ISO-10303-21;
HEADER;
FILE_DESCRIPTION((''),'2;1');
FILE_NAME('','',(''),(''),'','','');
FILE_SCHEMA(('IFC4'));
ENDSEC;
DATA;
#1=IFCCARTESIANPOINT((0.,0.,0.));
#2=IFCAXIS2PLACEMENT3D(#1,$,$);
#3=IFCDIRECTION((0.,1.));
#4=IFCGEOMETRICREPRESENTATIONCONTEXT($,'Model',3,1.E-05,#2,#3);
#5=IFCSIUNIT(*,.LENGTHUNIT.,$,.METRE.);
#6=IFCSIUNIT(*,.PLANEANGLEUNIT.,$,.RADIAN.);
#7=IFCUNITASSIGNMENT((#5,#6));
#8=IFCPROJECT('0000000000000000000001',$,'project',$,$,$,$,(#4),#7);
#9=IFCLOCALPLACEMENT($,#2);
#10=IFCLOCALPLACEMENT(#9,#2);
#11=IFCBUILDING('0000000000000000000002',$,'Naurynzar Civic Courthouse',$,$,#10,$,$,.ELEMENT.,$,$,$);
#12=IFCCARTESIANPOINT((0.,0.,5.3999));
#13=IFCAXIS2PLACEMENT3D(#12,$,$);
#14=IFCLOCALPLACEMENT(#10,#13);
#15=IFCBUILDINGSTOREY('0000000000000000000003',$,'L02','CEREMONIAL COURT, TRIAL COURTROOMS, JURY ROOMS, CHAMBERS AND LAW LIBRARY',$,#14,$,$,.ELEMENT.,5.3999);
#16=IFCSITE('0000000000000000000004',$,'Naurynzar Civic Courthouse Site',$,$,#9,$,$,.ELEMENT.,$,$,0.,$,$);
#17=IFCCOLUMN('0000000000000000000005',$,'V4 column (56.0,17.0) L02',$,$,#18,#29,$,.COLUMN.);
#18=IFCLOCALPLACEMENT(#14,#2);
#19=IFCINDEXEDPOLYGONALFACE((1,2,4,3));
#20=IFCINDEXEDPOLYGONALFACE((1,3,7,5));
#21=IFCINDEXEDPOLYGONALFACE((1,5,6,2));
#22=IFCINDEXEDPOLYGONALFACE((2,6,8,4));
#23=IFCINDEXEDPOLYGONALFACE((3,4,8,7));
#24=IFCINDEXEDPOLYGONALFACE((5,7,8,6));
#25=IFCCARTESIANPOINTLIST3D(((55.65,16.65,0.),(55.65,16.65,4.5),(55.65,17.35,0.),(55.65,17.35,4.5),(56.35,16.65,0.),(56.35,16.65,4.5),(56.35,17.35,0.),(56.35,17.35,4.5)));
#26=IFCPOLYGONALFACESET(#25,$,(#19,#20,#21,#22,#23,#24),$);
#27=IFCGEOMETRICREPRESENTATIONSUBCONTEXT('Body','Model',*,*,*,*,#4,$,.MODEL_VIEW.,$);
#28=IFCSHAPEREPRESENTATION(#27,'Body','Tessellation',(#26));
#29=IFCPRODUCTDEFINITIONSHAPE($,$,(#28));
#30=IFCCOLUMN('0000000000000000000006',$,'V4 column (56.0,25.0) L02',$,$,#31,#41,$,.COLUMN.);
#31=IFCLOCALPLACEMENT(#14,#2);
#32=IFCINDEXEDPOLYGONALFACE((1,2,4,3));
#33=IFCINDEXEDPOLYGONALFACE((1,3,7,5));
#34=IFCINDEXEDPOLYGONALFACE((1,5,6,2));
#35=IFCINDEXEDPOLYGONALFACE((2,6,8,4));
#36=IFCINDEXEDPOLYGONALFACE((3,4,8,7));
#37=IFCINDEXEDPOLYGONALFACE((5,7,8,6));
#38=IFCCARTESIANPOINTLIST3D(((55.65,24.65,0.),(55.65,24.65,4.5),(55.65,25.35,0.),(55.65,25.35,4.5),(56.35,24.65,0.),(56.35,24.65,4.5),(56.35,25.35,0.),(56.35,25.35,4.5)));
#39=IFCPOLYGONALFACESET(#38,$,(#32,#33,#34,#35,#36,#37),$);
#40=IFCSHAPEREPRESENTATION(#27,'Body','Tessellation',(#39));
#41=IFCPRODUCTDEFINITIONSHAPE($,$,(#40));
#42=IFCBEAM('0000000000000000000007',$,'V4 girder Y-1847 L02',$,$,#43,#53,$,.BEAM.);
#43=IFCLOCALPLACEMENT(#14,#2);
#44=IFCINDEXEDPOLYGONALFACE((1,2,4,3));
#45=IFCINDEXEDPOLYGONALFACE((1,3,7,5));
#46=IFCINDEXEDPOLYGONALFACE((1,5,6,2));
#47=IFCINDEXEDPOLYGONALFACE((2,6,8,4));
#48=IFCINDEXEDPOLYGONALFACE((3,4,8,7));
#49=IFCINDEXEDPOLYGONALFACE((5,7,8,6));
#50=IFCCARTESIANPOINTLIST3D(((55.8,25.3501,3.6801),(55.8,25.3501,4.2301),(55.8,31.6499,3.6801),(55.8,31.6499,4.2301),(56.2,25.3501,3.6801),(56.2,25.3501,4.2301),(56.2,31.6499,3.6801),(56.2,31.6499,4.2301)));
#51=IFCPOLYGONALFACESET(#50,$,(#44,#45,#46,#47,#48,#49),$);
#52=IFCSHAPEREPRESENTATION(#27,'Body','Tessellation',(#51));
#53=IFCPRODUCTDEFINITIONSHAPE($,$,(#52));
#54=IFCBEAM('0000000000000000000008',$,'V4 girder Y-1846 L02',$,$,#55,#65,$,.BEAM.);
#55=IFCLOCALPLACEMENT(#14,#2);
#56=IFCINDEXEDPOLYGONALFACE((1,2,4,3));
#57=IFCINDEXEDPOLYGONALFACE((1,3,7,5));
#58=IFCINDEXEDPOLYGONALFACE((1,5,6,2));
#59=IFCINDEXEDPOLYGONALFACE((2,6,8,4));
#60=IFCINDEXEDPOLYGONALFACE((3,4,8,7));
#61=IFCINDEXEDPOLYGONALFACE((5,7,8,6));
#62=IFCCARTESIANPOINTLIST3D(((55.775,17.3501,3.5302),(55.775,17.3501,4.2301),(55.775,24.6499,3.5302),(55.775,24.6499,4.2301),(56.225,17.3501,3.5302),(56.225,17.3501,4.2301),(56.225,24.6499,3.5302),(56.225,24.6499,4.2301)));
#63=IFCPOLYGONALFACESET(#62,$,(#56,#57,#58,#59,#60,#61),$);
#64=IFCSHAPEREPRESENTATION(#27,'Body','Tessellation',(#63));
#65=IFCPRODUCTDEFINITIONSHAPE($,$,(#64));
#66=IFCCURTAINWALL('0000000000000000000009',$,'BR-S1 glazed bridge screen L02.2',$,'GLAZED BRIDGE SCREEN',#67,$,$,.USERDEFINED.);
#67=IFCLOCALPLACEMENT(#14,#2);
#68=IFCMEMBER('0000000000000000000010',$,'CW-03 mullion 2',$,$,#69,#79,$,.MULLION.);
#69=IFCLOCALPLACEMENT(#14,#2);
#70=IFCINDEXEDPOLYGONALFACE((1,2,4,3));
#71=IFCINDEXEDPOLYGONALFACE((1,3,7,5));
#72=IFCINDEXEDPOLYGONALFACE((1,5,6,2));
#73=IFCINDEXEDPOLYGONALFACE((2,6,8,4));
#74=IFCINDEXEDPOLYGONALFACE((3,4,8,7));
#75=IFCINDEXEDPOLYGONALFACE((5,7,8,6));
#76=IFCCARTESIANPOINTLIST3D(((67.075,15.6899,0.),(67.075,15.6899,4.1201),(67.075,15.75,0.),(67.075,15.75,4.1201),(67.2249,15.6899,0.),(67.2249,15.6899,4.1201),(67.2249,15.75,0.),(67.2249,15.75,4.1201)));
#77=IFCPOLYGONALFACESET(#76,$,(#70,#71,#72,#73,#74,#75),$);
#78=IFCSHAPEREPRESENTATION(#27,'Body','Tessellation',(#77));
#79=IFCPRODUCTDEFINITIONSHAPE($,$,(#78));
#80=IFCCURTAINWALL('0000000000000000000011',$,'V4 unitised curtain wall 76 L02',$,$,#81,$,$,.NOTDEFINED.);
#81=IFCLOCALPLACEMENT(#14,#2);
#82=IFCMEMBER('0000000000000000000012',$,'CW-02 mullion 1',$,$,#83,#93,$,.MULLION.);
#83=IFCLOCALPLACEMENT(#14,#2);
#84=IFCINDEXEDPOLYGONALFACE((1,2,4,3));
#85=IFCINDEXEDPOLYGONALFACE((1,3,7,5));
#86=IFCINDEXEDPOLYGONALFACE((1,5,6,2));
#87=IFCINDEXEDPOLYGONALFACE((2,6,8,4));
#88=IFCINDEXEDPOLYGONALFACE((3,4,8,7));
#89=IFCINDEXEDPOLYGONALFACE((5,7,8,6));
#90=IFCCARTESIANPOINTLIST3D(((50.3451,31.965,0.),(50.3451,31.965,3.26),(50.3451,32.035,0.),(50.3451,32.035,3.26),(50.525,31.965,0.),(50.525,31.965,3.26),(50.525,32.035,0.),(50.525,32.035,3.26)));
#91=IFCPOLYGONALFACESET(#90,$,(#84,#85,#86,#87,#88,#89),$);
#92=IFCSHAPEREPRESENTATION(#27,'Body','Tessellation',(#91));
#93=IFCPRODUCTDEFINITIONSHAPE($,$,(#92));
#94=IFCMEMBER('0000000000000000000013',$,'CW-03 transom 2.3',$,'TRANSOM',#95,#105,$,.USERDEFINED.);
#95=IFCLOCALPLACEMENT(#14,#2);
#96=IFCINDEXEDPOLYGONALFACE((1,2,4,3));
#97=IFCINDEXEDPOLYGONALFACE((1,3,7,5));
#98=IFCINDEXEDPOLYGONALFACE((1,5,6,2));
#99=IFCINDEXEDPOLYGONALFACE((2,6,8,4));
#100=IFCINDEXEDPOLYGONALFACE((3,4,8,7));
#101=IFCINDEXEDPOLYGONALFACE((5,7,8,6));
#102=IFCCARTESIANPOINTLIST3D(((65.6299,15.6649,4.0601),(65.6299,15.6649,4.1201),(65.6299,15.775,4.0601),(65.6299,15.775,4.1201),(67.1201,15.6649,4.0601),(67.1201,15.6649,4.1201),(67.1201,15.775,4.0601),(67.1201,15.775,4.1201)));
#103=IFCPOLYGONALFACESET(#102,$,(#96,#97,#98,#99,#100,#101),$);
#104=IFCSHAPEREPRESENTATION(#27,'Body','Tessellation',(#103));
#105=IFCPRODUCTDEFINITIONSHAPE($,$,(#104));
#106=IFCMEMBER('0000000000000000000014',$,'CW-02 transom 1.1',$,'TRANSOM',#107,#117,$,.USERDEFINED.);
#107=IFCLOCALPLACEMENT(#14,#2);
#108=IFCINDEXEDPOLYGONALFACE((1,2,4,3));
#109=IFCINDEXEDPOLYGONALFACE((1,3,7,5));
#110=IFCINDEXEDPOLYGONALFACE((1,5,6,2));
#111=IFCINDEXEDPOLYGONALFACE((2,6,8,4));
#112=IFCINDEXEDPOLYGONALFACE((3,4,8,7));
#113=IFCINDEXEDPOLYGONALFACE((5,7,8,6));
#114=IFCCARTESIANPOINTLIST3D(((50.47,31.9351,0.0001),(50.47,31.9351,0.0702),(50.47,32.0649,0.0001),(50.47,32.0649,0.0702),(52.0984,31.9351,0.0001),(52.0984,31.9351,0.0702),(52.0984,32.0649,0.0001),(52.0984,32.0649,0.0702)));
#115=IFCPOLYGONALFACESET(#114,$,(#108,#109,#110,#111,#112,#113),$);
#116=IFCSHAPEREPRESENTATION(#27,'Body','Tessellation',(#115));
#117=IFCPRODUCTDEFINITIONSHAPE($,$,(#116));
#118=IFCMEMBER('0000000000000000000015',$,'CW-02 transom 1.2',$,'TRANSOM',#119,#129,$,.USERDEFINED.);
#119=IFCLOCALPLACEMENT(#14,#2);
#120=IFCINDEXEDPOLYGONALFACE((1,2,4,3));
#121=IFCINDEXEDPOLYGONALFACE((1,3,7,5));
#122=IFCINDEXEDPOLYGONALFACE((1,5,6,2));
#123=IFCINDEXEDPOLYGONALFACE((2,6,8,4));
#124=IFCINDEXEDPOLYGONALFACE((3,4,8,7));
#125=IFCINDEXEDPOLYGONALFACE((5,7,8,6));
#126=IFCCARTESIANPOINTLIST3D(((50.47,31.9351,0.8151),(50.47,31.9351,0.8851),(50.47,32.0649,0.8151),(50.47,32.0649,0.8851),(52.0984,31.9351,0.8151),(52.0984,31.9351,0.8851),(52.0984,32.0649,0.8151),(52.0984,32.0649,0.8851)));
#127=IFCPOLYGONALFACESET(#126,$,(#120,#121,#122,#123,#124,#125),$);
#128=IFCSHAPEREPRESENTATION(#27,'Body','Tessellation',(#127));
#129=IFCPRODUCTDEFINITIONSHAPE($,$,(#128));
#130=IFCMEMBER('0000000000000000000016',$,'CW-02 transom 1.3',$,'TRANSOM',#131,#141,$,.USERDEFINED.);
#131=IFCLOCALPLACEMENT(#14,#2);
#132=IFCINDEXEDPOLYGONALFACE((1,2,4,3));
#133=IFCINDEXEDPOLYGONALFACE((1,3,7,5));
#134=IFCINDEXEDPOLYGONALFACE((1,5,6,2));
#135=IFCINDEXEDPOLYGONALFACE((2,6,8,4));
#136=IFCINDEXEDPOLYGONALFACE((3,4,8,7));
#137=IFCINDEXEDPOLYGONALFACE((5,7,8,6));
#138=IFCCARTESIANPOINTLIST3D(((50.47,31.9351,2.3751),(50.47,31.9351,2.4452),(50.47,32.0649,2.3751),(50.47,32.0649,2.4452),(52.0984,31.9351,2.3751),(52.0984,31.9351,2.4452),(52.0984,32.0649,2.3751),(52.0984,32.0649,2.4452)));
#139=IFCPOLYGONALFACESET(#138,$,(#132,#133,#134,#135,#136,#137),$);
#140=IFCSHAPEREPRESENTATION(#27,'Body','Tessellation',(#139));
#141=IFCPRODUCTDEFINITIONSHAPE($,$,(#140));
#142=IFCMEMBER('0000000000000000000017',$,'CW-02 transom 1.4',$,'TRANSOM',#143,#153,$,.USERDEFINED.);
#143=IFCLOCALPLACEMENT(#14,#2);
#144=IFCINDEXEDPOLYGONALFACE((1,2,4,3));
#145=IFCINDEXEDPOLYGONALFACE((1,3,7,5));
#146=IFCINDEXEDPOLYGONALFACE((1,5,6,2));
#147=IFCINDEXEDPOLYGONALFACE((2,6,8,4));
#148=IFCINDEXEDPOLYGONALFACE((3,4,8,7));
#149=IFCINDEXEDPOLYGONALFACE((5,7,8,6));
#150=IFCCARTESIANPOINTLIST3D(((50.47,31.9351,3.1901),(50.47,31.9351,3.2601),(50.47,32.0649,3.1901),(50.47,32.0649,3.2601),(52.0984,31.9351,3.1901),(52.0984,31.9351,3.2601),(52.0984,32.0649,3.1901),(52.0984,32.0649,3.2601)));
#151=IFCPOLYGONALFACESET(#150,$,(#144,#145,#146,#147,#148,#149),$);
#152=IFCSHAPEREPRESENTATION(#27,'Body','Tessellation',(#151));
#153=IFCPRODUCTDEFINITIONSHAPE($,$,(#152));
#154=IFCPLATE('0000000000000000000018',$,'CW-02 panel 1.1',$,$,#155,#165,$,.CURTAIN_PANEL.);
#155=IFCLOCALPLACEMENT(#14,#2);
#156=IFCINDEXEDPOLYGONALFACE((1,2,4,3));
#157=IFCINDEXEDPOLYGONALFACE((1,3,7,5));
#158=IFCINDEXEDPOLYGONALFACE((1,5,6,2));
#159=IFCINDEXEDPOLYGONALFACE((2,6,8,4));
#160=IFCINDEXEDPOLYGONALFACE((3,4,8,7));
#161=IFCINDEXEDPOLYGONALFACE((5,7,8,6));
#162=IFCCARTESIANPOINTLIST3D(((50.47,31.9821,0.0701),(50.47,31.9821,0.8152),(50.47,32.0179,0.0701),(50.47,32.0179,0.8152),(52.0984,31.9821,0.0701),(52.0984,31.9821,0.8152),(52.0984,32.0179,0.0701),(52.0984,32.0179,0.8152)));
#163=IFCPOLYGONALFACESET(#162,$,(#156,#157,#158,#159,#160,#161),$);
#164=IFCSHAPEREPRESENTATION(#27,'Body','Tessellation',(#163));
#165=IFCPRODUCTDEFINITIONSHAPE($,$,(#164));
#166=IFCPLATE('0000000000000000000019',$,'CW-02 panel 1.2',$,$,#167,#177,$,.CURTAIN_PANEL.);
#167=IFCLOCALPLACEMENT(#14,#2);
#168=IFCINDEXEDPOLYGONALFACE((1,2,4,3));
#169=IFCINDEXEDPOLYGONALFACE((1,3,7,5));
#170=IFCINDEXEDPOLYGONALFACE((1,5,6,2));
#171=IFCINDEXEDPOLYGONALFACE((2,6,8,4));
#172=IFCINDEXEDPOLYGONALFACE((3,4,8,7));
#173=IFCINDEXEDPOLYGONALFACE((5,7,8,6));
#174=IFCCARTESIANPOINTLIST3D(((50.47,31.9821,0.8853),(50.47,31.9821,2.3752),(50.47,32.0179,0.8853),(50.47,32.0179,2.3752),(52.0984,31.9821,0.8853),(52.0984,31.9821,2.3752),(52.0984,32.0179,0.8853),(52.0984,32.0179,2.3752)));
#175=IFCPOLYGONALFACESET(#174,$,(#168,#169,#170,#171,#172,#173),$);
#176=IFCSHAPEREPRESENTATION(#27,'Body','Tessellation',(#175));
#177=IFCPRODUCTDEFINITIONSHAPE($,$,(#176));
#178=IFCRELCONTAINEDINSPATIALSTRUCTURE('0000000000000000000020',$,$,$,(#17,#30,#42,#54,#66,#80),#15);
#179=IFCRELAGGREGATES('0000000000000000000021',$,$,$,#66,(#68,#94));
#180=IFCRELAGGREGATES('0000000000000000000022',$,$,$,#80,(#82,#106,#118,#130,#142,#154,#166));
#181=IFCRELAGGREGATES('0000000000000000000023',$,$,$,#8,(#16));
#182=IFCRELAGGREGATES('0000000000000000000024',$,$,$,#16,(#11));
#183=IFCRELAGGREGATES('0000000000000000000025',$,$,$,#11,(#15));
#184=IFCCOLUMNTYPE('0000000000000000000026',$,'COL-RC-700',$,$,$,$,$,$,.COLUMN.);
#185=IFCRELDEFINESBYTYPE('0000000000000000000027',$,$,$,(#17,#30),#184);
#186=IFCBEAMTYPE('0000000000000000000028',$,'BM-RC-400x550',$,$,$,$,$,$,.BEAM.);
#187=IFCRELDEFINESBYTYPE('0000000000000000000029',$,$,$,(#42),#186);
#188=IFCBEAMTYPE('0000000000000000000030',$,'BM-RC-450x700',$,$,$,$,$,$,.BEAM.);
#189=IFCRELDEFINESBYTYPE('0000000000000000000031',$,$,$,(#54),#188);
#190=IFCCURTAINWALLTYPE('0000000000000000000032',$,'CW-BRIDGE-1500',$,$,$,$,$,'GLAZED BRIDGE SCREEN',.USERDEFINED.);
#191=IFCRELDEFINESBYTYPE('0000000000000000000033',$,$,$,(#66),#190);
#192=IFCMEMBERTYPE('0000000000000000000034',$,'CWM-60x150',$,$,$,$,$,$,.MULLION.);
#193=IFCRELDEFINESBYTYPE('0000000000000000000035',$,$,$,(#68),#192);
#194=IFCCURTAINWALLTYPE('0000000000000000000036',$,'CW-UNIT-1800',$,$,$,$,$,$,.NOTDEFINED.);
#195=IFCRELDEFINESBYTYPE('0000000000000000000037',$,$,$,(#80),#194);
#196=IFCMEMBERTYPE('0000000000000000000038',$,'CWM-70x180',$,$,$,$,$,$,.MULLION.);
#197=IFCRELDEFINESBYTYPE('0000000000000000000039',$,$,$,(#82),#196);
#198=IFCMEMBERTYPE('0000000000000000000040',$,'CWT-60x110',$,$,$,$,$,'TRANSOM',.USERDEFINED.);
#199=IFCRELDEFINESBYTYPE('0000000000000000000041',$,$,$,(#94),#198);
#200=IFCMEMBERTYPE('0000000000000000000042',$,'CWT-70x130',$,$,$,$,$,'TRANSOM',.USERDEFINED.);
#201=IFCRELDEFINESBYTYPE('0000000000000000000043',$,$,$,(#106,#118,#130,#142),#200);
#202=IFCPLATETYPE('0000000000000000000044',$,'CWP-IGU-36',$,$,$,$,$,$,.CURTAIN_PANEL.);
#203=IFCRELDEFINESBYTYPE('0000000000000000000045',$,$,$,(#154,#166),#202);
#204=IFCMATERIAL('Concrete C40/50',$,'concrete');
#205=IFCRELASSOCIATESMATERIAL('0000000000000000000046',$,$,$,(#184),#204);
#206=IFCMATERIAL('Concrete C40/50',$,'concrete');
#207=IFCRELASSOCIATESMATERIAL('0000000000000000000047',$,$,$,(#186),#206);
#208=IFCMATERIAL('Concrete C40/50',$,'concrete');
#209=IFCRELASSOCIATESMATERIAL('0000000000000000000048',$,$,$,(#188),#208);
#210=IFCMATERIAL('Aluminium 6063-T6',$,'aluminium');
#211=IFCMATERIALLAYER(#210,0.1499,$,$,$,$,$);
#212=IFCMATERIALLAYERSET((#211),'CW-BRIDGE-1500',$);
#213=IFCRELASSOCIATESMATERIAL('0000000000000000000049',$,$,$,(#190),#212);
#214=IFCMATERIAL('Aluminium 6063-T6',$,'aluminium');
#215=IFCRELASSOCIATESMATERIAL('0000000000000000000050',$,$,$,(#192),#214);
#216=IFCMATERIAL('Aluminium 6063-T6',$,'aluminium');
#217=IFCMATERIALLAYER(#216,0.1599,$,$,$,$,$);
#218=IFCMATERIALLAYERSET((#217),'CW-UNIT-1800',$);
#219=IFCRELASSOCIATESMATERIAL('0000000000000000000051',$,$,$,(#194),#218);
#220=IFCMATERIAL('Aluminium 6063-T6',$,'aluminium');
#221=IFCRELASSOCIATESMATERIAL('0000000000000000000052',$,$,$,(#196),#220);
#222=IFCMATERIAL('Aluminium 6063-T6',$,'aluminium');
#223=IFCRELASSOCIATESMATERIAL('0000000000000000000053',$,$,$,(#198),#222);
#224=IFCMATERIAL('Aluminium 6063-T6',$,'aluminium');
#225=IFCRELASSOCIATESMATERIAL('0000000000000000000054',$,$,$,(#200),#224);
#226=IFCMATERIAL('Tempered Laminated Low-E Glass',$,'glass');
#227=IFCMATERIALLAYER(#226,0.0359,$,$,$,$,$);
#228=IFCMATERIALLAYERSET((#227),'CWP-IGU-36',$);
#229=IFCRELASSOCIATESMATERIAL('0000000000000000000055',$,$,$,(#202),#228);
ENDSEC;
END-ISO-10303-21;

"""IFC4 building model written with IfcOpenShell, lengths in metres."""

from ifc_helpers import new_model, si_unit, direction, frame, origin, origin_2d, place, context, subcontext, project, spatial, rectangle, extrude, material, layer, layer_set, material_profile, profile_set, type_object, element, aggregate, save


model = new_model("IFC4")

# Units and contexts
model_context = context("Model", 3, precision=1e-05, world=origin(), true_north=direction((0.0, 1.0)))
body_context = subcontext(model_context, "Body", "Model", "MODEL_VIEW")
ifc_project = project(units=[si_unit("LENGTHUNIT", "METRE"), si_unit("PLANEANGLEUNIT", "RADIAN")], contexts=[model_context])

# Site, building, storey
site_placement = place(None, origin())
site = spatial("IfcSite", under=ifc_project, at=site_placement, Name="Naurynzar Civic Courthouse Site", CompositionType="ELEMENT", RefElevation=0.0)
building_placement = place(site_placement, origin())
building = spatial("IfcBuilding", under=site, at=building_placement, Name="Naurynzar Civic Courthouse", CompositionType="ELEMENT")
storey_placement = place(building_placement, frame((0.0, 0.0, 5.3999)))
storey = spatial("IfcBuildingStorey", under=building, at=storey_placement, Name="L02", Description="CEREMONIAL COURT, TRIAL COURTROOMS, JURY ROOMS, CHAMBERS AND LAW LIBRARY", CompositionType="ELEMENT", Elevation=5.3999)

# Columns
ifc_material_1 = material(Name="Concrete C40/50", Category="concrete")
ifc_material_profile_1 = material_profile(ifc_material_1, rectangle(XDim=0.7, YDim=0.7, at=origin_2d()), Name="RC 700x700")
ifc_profile_set_1 = profile_set([ifc_material_profile_1], Name="Concrete C40/50")
column_type = type_object("IfcColumnType", Name="COL-RC-700", PredefinedType="COLUMN", material=ifc_profile_set_1)
for number, where, z_axis, x_axis, name in (
    (1, (56.0, 17.0, 0.0), (0.0, 0.0, 1.0), (1.0, 0.0, 0.0), "V4 column (56.0,17.0) L02"),
    (2, (56.0, 25.0, 0.0), (0.0, 0.0, 1.0), (1.0, 0.0, 0.0), "V4 column (56.0,25.0) L02"),
):
    element("IfcColumn", number, at=place(storey_placement, frame(where, z_axis=z_axis, x_axis=x_axis)), inside=storey, type_object=column_type, Name=name, PredefinedType="COLUMN", context=body_context, shape_type="SweptSolid", body=[
        extrude(rectangle(XDim=0.7, YDim=0.7, at=origin_2d()), origin(), (0.0, 0.0, 1.0), 4.5),
    ])

# Beams
ifc_material_2 = material(Name="Concrete C40/50", Category="concrete")
ifc_material_profile_2 = material_profile(ifc_material_2, rectangle(XDim=0.3999, YDim=0.55, at=origin_2d()), Name="RCB 400x550")
ifc_profile_set_2 = profile_set([ifc_material_profile_2], Name="Concrete C40/50")
beam_type_1 = type_object("IfcBeamType", Name="BM-RC-400x550", PredefinedType="BEAM", material=ifc_profile_set_2)
beam_1_placement = place(storey_placement, frame((56.0, 25.3501, 3.9551), z_axis=(0.0, 1.0, 0.0), x_axis=(-1.0, 0.0, 0.0)))
element("IfcBeam", 3, at=beam_1_placement, inside=storey, type_object=beam_type_1, Name="V4 girder Y-1847 L02", PredefinedType="BEAM", context=body_context, shape_type="SweptSolid", body=[
    extrude(rectangle(XDim=0.3999, YDim=0.55, at=origin_2d()), origin(), (0.0, 0.0, 1.0), 6.2998),
])
ifc_material_3 = material(Name="Concrete C40/50", Category="concrete")
ifc_material_profile_3 = material_profile(ifc_material_3, rectangle(XDim=0.45, YDim=0.7, at=origin_2d()), Name="RCB 450x700")
ifc_profile_set_3 = profile_set([ifc_material_profile_3], Name="Concrete C40/50")
beam_type_2 = type_object("IfcBeamType", Name="BM-RC-450x700", PredefinedType="BEAM", material=ifc_profile_set_3)
beam_2_placement = place(storey_placement, frame((56.0, 17.3501, 3.8801), z_axis=(0.0, 1.0, 0.0), x_axis=(-1.0, 0.0, 0.0)))
element("IfcBeam", 4, at=beam_2_placement, inside=storey, type_object=beam_type_2, Name="V4 girder Y-1846 L02", PredefinedType="BEAM", context=body_context, shape_type="SweptSolid", body=[
    extrude(rectangle(XDim=0.45, YDim=0.7, at=origin_2d()), origin(), (0.0, 0.0, 1.0), 7.2998),
])

# Curtain walls, members
ifc_material_4 = material(Name="Aluminium 6063-T6", Category="aluminium")
ifc_layer_1 = layer(ifc_material_4, 0.1499)
ifc_layer_set_1 = layer_set([ifc_layer_1], Name="CW-BRIDGE-1500")
curtain_wall_type_1 = type_object("IfcCurtainWallType", Name="CW-BRIDGE-1500", ElementType="GLAZED BRIDGE SCREEN", PredefinedType="USERDEFINED", material=ifc_layer_set_1)
curtain_wall_1_placement = place(storey_placement, origin())
curtain_wall_1 = element("IfcCurtainWall", 5, at=curtain_wall_1_placement, inside=storey, type_object=curtain_wall_type_1, Name="BR-S1 glazed bridge screen L02.2", ObjectType="GLAZED BRIDGE SCREEN", PredefinedType="USERDEFINED")
ifc_material_5 = material(Name="Aluminium 6063-T6", Category="aluminium")
ifc_material_profile_4 = material_profile(ifc_material_5, rectangle(XDim=0.0601, YDim=0.1499, at=origin_2d()), Name="ALU MULLION 60x150")
ifc_profile_set_4 = profile_set([ifc_material_profile_4], Name="Aluminium 6063-T6")
member_type_1 = type_object("IfcMemberType", Name="CWM-60x150", PredefinedType="MULLION", material=ifc_profile_set_4)
member_1_placement = place(storey_placement, frame((67.1499, 15.72, 0.0), z_axis=(0.0, 0.0, 1.0), x_axis=(0.0, -1.0, 0.0)))
member_1 = element("IfcMember", 6, at=member_1_placement, type_object=member_type_1, Name="CW-03 mullion 2", PredefinedType="MULLION", context=body_context, shape_type="SweptSolid", body=[
    extrude(rectangle(XDim=0.0601, YDim=0.1499, at=origin_2d()), origin(), (0.0, 0.0, 1.0), 4.1201),
])
ifc_material_6 = material(Name="Aluminium 6063-T6", Category="aluminium")
ifc_layer_2 = layer(ifc_material_6, 0.1599)
ifc_layer_set_2 = layer_set([ifc_layer_2], Name="CW-UNIT-1800")
curtain_wall_type_2 = type_object("IfcCurtainWallType", Name="CW-UNIT-1800", PredefinedType="NOTDEFINED", material=ifc_layer_set_2)
curtain_wall_2_placement = place(storey_placement, origin())
curtain_wall_2 = element("IfcCurtainWall", 7, at=curtain_wall_2_placement, inside=storey, type_object=curtain_wall_type_2, Name="V4 unitised curtain wall 76 L02", PredefinedType="NOTDEFINED")
ifc_material_7 = material(Name="Aluminium 6063-T6", Category="aluminium")
ifc_material_profile_5 = material_profile(ifc_material_7, rectangle(XDim=0.0701, YDim=0.1799, at=origin_2d()), Name="ALU MULLION 70x180")
ifc_profile_set_5 = profile_set([ifc_material_profile_5], Name="Aluminium 6063-T6")
member_type_2 = type_object("IfcMemberType", Name="CWM-70x180", PredefinedType="MULLION", material=ifc_profile_set_5)
member_2_placement = place(storey_placement, frame((50.4351, 32.0, 0.0), z_axis=(0.0, 0.0, 1.0), x_axis=(0.0, 1.0, 0.0)))
member_2 = element("IfcMember", 8, at=member_2_placement, type_object=member_type_2, Name="CW-02 mullion 1", PredefinedType="MULLION", context=body_context, shape_type="SweptSolid", body=[
    extrude(rectangle(XDim=0.0701, YDim=0.1799, at=origin_2d()), origin(), (0.0, 0.0, 1.0), 3.26),
])

# Members
ifc_material_8 = material(Name="Aluminium 6063-T6", Category="aluminium")
ifc_material_profile_6 = material_profile(ifc_material_8, rectangle(XDim=0.1101, YDim=0.0601, at=origin_2d()), Name="ALU TRANSOM 60x110")
ifc_profile_set_6 = profile_set([ifc_material_profile_6], Name="Aluminium 6063-T6")
member_type_3 = type_object("IfcMemberType", Name="CWT-60x110", ElementType="TRANSOM", PredefinedType="USERDEFINED", material=ifc_profile_set_6)
member_3_placement = place(storey_placement, frame((67.1201, 15.72, 4.0901), z_axis=(-1.0, 0.0, 0.0), x_axis=(0.0, -1.0, 0.0)))
member_3 = element("IfcMember", 9, at=member_3_placement, type_object=member_type_3, Name="CW-03 transom 2.3", ObjectType="TRANSOM", PredefinedType="USERDEFINED", context=body_context, shape_type="SweptSolid", body=[
    extrude(rectangle(XDim=0.1101, YDim=0.0601, at=origin_2d()), origin(), (0.0, 0.0, 1.0), 1.4902),
])
aggregate(curtain_wall_1, [member_1, member_3])
ifc_material_9 = material(Name="Aluminium 6063-T6", Category="aluminium")
ifc_material_profile_7 = material_profile(ifc_material_9, rectangle(XDim=0.1299, YDim=0.0701, at=origin_2d()), Name="ALU TRANSOM 70x130")
ifc_profile_set_7 = profile_set([ifc_material_profile_7], Name="Aluminium 6063-T6")
member_type_4 = type_object("IfcMemberType", Name="CWT-70x130", ElementType="TRANSOM", PredefinedType="USERDEFINED", material=ifc_profile_set_7)
member_4_placement = place(storey_placement, frame((50.47, 32.0, 0.0352), z_axis=(1.0, 0.0, 0.0), x_axis=(0.0, 1.0, 0.0)))
member_4 = element("IfcMember", 10, at=member_4_placement, type_object=member_type_4, Name="CW-02 transom 1.1", ObjectType="TRANSOM", PredefinedType="USERDEFINED", context=body_context, shape_type="SweptSolid", body=[
    extrude(rectangle(XDim=0.1299, YDim=0.0701, at=origin_2d()), origin(), (0.0, 0.0, 1.0), 1.6284),
])
member_5_placement = place(storey_placement, frame((50.47, 32.0, 0.8501), z_axis=(1.0, 0.0, 0.0), x_axis=(0.0, 1.0, 0.0)))
member_5 = element("IfcMember", 11, at=member_5_placement, type_object=member_type_4, Name="CW-02 transom 1.2", ObjectType="TRANSOM", PredefinedType="USERDEFINED", context=body_context, shape_type="SweptSolid", body=[
    extrude(rectangle(XDim=0.1299, YDim=0.0701, at=origin_2d()), origin(), (0.0, 0.0, 1.0), 1.6284),
])
member_6_placement = place(storey_placement, frame((50.47, 32.0, 2.4102), z_axis=(1.0, 0.0, 0.0), x_axis=(0.0, 1.0, 0.0)))
member_6 = element("IfcMember", 12, at=member_6_placement, type_object=member_type_4, Name="CW-02 transom 1.3", ObjectType="TRANSOM", PredefinedType="USERDEFINED", context=body_context, shape_type="SweptSolid", body=[
    extrude(rectangle(XDim=0.1299, YDim=0.0701, at=origin_2d()), origin(), (0.0, 0.0, 1.0), 1.6284),
])
member_7_placement = place(storey_placement, frame((50.47, 32.0, 3.2251), z_axis=(1.0, 0.0, 0.0), x_axis=(0.0, 1.0, 0.0)))
member_7 = element("IfcMember", 13, at=member_7_placement, type_object=member_type_4, Name="CW-02 transom 1.4", ObjectType="TRANSOM", PredefinedType="USERDEFINED", context=body_context, shape_type="SweptSolid", body=[
    extrude(rectangle(XDim=0.1299, YDim=0.0701, at=origin_2d()), origin(), (0.0, 0.0, 1.0), 1.6284),
])

# Plates
ifc_material_10 = material(Name="Tempered Laminated Low-E Glass", Category="glass")
ifc_layer_3 = layer(ifc_material_10, 0.0359)
ifc_layer_set_3 = layer_set([ifc_layer_3], Name="CWP-IGU-36")
plate_type = type_object("IfcPlateType", Name="CWP-IGU-36", PredefinedType="CURTAIN_PANEL", material=ifc_layer_set_3)
plate_1_placement = place(storey_placement, frame((51.2842, 32.0, 0.0701), z_axis=(0.0, 0.0, 1.0), x_axis=(1.0, 0.0, 0.0)))
plate_1 = element("IfcPlate", 14, at=plate_1_placement, type_object=plate_type, Name="CW-02 panel 1.1", PredefinedType="CURTAIN_PANEL", context=body_context, shape_type="SweptSolid", body=[
    extrude(rectangle(XDim=1.6284, YDim=0.0359, at=origin_2d()), origin(), (0.0, 0.0, 1.0), 0.7451),
])
plate_2_placement = place(storey_placement, frame((51.2842, 32.0, 0.8853), z_axis=(0.0, 0.0, 1.0), x_axis=(1.0, 0.0, 0.0)))
plate_2 = element("IfcPlate", 15, at=plate_2_placement, type_object=plate_type, Name="CW-02 panel 1.2", PredefinedType="CURTAIN_PANEL", context=body_context, shape_type="SweptSolid", body=[
    extrude(rectangle(XDim=1.6284, YDim=0.0359, at=origin_2d()), origin(), (0.0, 0.0, 1.0), 1.49),
])
aggregate(curtain_wall_2, [member_2, member_4, member_5, member_6, member_7, plate_1, plate_2])

save(model, "model.ifc")
